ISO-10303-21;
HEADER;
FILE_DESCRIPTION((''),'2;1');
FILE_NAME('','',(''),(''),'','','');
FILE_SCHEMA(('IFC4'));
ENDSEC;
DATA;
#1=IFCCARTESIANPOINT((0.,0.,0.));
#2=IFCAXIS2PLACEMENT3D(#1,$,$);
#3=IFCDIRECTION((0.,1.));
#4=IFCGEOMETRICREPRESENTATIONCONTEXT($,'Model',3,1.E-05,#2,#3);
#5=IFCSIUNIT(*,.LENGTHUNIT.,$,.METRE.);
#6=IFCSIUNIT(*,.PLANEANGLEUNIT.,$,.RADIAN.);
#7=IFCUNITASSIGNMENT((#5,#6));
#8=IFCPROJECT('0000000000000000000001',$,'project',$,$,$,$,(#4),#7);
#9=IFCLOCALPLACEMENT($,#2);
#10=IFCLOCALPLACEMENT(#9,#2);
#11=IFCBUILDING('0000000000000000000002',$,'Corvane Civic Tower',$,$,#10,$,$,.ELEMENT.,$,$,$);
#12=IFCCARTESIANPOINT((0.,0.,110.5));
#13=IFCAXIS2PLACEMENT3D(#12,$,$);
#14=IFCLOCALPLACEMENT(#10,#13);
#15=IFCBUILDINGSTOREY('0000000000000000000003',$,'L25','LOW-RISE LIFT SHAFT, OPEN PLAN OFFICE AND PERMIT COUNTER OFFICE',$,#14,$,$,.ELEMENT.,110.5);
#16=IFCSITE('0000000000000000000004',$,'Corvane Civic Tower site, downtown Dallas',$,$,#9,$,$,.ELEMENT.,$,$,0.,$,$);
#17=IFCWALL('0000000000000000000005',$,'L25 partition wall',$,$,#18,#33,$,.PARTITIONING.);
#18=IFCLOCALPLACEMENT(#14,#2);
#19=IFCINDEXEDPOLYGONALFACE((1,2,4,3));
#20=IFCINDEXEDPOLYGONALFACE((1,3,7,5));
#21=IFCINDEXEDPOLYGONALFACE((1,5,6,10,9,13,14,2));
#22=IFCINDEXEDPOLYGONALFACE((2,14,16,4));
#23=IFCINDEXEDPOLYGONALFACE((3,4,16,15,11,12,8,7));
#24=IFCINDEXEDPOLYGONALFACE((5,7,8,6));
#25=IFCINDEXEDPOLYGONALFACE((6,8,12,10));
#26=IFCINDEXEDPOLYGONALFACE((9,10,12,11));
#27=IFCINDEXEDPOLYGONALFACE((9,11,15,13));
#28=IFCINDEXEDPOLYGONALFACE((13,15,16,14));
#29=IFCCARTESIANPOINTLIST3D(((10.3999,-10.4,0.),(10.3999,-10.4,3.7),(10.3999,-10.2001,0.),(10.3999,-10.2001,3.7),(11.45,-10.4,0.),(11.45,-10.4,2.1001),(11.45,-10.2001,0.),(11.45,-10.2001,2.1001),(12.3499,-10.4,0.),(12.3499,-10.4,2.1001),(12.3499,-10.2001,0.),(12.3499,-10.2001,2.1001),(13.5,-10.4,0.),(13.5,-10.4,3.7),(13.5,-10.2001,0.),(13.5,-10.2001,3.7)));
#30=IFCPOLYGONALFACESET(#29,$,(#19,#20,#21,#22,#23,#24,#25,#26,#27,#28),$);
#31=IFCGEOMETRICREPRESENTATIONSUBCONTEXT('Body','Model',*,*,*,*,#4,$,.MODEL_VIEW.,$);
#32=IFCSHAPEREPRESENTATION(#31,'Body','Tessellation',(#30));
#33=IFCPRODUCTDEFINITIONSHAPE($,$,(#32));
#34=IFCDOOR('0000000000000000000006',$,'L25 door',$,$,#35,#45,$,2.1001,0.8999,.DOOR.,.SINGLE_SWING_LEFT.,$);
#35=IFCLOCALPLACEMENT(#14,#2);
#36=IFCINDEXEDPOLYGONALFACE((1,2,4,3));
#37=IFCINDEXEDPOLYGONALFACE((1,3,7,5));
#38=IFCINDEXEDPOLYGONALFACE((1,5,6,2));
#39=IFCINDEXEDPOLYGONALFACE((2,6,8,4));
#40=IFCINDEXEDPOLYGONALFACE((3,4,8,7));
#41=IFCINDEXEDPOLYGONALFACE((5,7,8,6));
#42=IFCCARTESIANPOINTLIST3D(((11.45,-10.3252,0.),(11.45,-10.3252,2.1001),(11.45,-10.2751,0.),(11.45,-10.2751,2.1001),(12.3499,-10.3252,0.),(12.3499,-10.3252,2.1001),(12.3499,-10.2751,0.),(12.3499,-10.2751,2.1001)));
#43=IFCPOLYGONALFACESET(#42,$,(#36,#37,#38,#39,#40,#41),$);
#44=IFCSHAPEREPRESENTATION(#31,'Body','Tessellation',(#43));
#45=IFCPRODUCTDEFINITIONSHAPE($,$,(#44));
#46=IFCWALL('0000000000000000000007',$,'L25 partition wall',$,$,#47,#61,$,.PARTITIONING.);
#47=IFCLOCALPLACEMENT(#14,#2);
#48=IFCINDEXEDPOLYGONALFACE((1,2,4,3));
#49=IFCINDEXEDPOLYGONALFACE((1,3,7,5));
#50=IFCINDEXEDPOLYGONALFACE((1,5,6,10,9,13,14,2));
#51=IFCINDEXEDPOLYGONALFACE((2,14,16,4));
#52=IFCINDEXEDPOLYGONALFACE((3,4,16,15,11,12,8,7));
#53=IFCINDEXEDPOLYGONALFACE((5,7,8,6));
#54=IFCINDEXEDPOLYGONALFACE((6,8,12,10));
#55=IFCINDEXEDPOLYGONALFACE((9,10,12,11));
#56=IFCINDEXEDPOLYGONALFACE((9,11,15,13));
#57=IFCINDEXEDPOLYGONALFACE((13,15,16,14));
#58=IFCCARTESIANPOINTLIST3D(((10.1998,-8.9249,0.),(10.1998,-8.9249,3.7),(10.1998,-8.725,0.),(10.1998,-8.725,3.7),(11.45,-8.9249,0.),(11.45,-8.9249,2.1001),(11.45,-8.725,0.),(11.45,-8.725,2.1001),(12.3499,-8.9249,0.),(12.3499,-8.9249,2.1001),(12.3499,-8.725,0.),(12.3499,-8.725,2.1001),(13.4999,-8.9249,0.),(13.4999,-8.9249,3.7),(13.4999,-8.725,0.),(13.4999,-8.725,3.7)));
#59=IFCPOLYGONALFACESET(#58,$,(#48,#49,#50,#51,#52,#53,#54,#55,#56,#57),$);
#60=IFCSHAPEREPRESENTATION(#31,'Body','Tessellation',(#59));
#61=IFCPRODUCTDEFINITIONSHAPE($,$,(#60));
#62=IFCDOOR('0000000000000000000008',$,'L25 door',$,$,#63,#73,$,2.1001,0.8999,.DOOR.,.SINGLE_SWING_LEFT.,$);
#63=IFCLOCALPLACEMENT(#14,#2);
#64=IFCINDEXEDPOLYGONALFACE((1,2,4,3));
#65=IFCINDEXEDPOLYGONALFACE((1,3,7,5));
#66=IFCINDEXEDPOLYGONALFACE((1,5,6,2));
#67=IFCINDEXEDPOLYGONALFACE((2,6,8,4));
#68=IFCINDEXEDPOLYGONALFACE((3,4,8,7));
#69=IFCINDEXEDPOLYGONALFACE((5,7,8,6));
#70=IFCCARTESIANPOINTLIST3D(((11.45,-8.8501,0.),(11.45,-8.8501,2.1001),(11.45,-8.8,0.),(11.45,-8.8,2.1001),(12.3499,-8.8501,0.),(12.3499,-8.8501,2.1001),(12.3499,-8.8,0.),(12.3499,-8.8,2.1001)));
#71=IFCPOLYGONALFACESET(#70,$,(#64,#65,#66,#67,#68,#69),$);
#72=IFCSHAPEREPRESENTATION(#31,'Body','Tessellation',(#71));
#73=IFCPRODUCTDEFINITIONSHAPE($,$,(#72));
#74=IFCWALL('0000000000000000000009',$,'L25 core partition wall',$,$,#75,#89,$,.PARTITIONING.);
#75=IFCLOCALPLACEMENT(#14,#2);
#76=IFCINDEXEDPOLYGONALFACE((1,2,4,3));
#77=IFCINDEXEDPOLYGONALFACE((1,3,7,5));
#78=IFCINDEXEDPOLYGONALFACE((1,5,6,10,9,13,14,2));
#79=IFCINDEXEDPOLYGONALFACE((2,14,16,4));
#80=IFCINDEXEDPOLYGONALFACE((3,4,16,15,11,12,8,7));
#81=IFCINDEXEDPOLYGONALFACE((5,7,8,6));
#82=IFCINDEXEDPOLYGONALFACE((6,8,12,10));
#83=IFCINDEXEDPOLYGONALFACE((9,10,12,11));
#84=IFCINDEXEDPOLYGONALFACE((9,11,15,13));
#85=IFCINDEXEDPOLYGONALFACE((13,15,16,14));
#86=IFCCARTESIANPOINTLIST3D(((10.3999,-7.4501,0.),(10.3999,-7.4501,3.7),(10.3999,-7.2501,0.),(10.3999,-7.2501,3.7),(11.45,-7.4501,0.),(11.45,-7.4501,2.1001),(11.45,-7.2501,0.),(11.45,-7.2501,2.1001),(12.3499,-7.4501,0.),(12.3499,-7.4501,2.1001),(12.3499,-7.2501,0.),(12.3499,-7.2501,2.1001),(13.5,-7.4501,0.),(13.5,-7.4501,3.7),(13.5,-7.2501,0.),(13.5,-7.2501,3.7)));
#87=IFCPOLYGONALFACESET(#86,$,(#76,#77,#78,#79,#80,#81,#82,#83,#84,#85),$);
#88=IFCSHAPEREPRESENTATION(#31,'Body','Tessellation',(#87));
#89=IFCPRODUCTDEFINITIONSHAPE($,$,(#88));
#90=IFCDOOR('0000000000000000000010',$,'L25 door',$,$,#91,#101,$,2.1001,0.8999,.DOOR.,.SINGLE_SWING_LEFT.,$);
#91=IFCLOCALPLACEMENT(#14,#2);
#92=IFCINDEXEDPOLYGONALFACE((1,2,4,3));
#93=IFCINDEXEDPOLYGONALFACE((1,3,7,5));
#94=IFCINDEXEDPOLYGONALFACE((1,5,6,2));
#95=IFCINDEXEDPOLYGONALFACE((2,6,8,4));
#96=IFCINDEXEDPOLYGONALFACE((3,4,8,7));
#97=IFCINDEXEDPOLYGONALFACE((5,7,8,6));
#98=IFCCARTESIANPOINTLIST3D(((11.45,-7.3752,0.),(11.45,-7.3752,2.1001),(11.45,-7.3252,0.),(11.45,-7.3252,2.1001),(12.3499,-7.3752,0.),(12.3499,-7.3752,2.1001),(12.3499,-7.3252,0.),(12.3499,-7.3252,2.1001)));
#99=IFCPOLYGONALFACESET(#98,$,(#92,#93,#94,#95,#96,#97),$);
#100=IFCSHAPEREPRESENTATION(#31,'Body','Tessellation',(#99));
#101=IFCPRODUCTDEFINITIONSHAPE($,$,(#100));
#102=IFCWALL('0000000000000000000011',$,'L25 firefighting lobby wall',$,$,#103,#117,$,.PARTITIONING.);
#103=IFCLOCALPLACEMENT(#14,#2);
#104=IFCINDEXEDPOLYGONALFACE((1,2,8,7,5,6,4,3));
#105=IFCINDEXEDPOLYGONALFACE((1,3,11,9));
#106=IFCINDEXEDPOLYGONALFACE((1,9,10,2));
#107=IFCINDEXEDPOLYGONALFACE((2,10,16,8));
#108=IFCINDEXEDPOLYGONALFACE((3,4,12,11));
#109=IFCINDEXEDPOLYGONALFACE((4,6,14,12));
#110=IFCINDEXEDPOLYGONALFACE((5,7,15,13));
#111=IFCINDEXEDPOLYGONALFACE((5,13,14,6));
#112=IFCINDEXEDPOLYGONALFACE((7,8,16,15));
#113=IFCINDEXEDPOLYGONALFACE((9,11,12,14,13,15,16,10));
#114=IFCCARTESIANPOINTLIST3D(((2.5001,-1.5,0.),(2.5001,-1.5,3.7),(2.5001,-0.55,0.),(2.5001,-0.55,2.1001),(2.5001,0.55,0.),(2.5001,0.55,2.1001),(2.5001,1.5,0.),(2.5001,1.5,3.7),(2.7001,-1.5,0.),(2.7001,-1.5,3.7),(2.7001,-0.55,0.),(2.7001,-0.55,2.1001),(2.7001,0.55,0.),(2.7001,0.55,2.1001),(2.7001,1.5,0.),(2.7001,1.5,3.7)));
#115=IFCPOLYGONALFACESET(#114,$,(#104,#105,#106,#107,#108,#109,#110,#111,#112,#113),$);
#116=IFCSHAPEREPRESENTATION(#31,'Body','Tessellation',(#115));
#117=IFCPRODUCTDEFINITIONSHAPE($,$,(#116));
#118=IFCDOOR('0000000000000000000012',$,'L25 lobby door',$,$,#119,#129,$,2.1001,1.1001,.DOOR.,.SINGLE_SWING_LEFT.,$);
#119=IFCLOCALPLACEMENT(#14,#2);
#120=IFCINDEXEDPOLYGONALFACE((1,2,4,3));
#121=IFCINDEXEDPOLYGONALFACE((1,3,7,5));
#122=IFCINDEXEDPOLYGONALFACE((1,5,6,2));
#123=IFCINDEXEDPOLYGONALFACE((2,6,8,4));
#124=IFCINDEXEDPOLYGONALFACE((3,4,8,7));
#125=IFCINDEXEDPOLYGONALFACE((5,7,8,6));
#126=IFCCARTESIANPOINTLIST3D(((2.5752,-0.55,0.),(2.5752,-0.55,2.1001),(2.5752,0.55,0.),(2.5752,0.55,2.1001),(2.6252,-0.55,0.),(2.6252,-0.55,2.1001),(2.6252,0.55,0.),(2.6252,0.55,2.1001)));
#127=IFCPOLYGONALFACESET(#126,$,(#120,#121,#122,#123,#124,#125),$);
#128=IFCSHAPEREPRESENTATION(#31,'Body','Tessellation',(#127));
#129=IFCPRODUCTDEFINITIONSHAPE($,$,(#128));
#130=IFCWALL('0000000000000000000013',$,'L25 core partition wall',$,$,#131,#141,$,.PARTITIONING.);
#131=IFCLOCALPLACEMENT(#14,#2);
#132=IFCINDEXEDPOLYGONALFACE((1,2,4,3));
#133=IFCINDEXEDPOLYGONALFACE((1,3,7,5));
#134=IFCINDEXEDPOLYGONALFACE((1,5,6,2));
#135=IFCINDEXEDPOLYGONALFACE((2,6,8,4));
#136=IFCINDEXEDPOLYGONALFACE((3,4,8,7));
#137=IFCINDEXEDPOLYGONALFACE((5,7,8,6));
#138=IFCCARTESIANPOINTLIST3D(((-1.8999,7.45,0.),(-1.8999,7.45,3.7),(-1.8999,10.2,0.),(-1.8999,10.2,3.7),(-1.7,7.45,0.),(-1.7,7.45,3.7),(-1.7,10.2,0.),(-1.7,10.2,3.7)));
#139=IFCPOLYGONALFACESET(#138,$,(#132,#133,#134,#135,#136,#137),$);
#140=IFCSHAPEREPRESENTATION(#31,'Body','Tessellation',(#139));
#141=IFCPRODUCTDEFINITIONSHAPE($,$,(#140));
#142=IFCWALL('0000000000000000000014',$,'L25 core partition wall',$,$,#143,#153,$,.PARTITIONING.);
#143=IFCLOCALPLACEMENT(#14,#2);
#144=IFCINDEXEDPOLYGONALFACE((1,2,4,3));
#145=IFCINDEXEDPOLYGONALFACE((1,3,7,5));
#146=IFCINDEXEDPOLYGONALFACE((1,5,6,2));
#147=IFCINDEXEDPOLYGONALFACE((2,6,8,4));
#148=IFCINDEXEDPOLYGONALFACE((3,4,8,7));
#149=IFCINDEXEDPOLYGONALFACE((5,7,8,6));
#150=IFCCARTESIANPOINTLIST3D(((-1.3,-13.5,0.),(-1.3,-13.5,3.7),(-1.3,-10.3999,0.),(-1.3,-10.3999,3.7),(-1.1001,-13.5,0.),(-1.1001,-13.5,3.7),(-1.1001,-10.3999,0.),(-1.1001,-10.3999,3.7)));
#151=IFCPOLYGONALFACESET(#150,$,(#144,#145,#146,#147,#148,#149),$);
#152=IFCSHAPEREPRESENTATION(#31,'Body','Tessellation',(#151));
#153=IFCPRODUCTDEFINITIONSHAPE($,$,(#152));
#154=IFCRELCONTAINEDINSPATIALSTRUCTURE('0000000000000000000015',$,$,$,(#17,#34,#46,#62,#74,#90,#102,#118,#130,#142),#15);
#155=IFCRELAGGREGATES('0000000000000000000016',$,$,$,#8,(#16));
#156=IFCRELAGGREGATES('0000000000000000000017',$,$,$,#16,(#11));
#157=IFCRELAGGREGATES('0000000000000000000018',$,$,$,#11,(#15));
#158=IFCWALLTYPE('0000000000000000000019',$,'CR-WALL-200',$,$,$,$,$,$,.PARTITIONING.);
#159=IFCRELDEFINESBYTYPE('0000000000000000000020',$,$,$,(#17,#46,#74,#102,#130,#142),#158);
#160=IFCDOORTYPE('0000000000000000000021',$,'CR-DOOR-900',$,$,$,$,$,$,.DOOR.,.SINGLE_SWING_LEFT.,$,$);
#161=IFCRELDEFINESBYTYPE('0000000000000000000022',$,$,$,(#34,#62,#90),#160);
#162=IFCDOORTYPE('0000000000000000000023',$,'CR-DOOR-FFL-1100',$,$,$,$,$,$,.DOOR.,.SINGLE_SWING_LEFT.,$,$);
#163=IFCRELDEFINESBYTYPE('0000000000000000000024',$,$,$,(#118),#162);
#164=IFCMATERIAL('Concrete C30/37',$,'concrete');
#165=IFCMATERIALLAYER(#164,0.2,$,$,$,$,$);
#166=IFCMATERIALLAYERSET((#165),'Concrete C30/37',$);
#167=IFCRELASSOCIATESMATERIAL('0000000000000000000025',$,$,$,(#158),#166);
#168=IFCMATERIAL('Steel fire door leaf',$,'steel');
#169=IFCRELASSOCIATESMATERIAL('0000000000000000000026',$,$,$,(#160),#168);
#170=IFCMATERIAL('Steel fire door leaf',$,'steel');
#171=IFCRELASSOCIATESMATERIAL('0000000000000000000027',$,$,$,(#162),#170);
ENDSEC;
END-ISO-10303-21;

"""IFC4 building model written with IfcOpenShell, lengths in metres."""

from ifc_helpers import new_model, si_unit, direction, frame, frame_2d, origin, place, context, subcontext, project, spatial, polyline, rectangle, outline, extrude, material, layer, layer_set, type_object, element, fill, save


model = new_model("IFC4")

# Units and contexts
model_context = context("Model", 3, precision=1e-05, world=origin(), true_north=direction((0.0, 1.0)))
body_context = subcontext(model_context, "Body", "Model", "MODEL_VIEW")
ifc_project = project(units=[si_unit("LENGTHUNIT", "METRE"), si_unit("PLANEANGLEUNIT", "RADIAN")], contexts=[model_context])

# Site, building, storey
site_placement = place(None, origin())
site = spatial("IfcSite", under=ifc_project, at=site_placement, Name="Corvane Civic Tower site, downtown Dallas", CompositionType="ELEMENT", RefElevation=0.0)
building_placement = place(site_placement, origin())
building = spatial("IfcBuilding", under=site, at=building_placement, Name="Corvane Civic Tower", CompositionType="ELEMENT")
storey_placement = place(building_placement, frame((0.0, 0.0, 110.5)))
storey = spatial("IfcBuildingStorey", under=building, at=storey_placement, Name="L25", Description="LOW-RISE LIFT SHAFT, OPEN PLAN OFFICE AND PERMIT COUNTER OFFICE", CompositionType="ELEMENT", Elevation=110.5)

# Walls, openings, doors
ifc_material_1 = material(Name="Concrete C30/37", Category="concrete")
ifc_layer_1 = layer(ifc_material_1, 0.2)
ifc_layer_set_1 = layer_set([ifc_layer_1], Name="Concrete C30/37")
wall_type_1 = type_object("IfcWallType", Name="CR-WALL-200", PredefinedType="PARTITIONING", material=ifc_layer_set_1)
wall_1_placement = place(storey_placement, frame((10.3999, -10.3, 0.0), z_axis=(0.0, 0.0, 1.0), x_axis=(1.0, 0.0, 0.0)))
wall_1 = element("IfcWall", 1, at=wall_1_placement, inside=storey, type_object=wall_type_1, Name="L25 partition wall", PredefinedType="PARTITIONING", context=body_context, shape_type="SweptSolid", body=[
    extrude(rectangle(XDim=3.1001, YDim=0.2, at=frame_2d((1.55, 0.0))), origin(), (0.0, 0.0, 1.0), 3.7),
])
opening_1_placement = place(wall_1_placement, frame((1.05, 0.0, 0.0)))
opening_1 = element("IfcOpeningElement", 2, at=opening_1_placement, cuts=wall_1, PredefinedType="OPENING", context=body_context, shape_type="SweptSolid", body=[
    extrude(rectangle(XDim=0.8999, YDim=2.1001, at=frame_2d((0.45, 1.05))), frame((0.0, 0.1099, 0.0), z_axis=(0.0, -1.0, 0.0), x_axis=(1.0, 0.0, 0.0)), (0.0, 0.0, 1.0), 0.22),
])
ifc_material_2 = material(Name="Steel fire door leaf", Category="steel")
door_type_1 = type_object("IfcDoorType", Name="CR-DOOR-900", OperationType="SINGLE_SWING_LEFT", PredefinedType="DOOR", material=ifc_material_2)
door_1_placement = place(opening_1_placement, origin())
door_1 = element("IfcDoor", 3, at=door_1_placement, inside=storey, type_object=door_type_1, Name="L25 door", OperationType="SINGLE_SWING_LEFT", OverallHeight=2.1001, OverallWidth=0.8999, PredefinedType="DOOR", context=body_context, shape_type="SweptSolid", body=[
    extrude(rectangle(XDim=0.8999, YDim=2.1001, at=frame_2d((0.45, 1.05))), frame((0.0, 0.0249, 0.0), z_axis=(0.0, -1.0, 0.0), x_axis=(1.0, 0.0, 0.0)), (0.0, 0.0, 1.0), 0.05),
])
fill(opening_1, door_1)
wall_2_placement = place(storey_placement, frame((10.2, -8.825, 0.0), z_axis=(0.0, 0.0, 1.0), x_axis=(1.0, 0.0, 0.0)))
wall_2 = element("IfcWall", 4, at=wall_2_placement, inside=storey, type_object=wall_type_1, Name="L25 partition wall", PredefinedType="PARTITIONING", context=body_context, shape_type="SweptSolid", body=[
    extrude(rectangle(XDim=3.3, YDim=0.2, at=frame_2d((1.6499, 0.0))), origin(), (0.0, 0.0, 1.0), 3.7),
])
opening_2_placement = place(wall_2_placement, frame((1.25, 0.0, 0.0)))
opening_2 = element("IfcOpeningElement", 5, at=opening_2_placement, cuts=wall_2, PredefinedType="OPENING", context=body_context, shape_type="SweptSolid", body=[
    extrude(rectangle(XDim=0.8999, YDim=2.1001, at=frame_2d((0.45, 1.05))), frame((0.0, 0.1099, 0.0), z_axis=(0.0, -1.0, 0.0), x_axis=(1.0, 0.0, 0.0)), (0.0, 0.0, 1.0), 0.22),
])
door_2_placement = place(opening_2_placement, origin())
door_2 = element("IfcDoor", 6, at=door_2_placement, inside=storey, type_object=door_type_1, Name="L25 door", OperationType="SINGLE_SWING_LEFT", OverallHeight=2.1001, OverallWidth=0.8999, PredefinedType="DOOR", context=body_context, shape_type="SweptSolid", body=[
    extrude(rectangle(XDim=0.8999, YDim=2.1001, at=frame_2d((0.45, 1.05))), frame((0.0, 0.0249, 0.0), z_axis=(0.0, -1.0, 0.0), x_axis=(1.0, 0.0, 0.0)), (0.0, 0.0, 1.0), 0.05),
])
fill(opening_2, door_2)
wall_3_placement = place(storey_placement, frame((10.3999, -7.3501, 0.0), z_axis=(0.0, 0.0, 1.0), x_axis=(1.0, 0.0, 0.0)))
wall_3 = element("IfcWall", 7, at=wall_3_placement, inside=storey, type_object=wall_type_1, Name="L25 core partition wall", PredefinedType="PARTITIONING", context=body_context, shape_type="SweptSolid", body=[
    extrude(rectangle(XDim=3.1001, YDim=0.2, at=frame_2d((1.55, 0.0))), origin(), (0.0, 0.0, 1.0), 3.7),
])
opening_3_placement = place(wall_3_placement, frame((1.05, 0.0, 0.0)))
opening_3 = element("IfcOpeningElement", 8, at=opening_3_placement, cuts=wall_3, PredefinedType="OPENING", context=body_context, shape_type="SweptSolid", body=[
    extrude(rectangle(XDim=0.8999, YDim=2.1001, at=frame_2d((0.45, 1.05))), frame((0.0, 0.1099, 0.0), z_axis=(0.0, -1.0, 0.0), x_axis=(1.0, 0.0, 0.0)), (0.0, 0.0, 1.0), 0.22),
])
door_3_placement = place(opening_3_placement, origin())
door_3 = element("IfcDoor", 9, at=door_3_placement, inside=storey, type_object=door_type_1, Name="L25 door", OperationType="SINGLE_SWING_LEFT", OverallHeight=2.1001, OverallWidth=0.8999, PredefinedType="DOOR", context=body_context, shape_type="SweptSolid", body=[
    extrude(rectangle(XDim=0.8999, YDim=2.1001, at=frame_2d((0.45, 1.05))), frame((0.0, 0.0249, 0.0), z_axis=(0.0, -1.0, 0.0), x_axis=(1.0, 0.0, 0.0)), (0.0, 0.0, 1.0), 0.05),
])
fill(opening_3, door_3)
wall_4_placement = place(storey_placement, frame((2.6001, -1.5, 0.0), z_axis=(0.0, 0.0, 1.0), x_axis=(0.0, 1.0, 0.0)))
wall_4 = element("IfcWall", 10, at=wall_4_placement, inside=storey, type_object=wall_type_1, Name="L25 firefighting lobby wall", PredefinedType="PARTITIONING", context=body_context, shape_type="SweptSolid", body=[
    extrude(rectangle(XDim=3.0, YDim=0.2, at=frame_2d((1.5, 0.0))), origin(), (0.0, 0.0, 1.0), 3.7),
])
opening_4_placement = place(wall_4_placement, frame((0.95, 0.0, 0.0)))
opening_4 = element("IfcOpeningElement", 11, at=opening_4_placement, cuts=wall_4, PredefinedType="OPENING", context=body_context, shape_type="SweptSolid", body=[
    extrude(rectangle(XDim=1.1001, YDim=2.1001, at=frame_2d((0.55, 1.05))), frame((0.0, 0.1099, 0.0), z_axis=(0.0, -1.0, 0.0), x_axis=(1.0, 0.0, 0.0)), (0.0, 0.0, 1.0), 0.22),
])
ifc_material_3 = material(Name="Steel fire door leaf", Category="steel")
door_type_2 = type_object("IfcDoorType", Name="CR-DOOR-FFL-1100", OperationType="SINGLE_SWING_LEFT", PredefinedType="DOOR", material=ifc_material_3)
door_4_placement = place(opening_4_placement, origin())
door_4 = element("IfcDoor", 12, at=door_4_placement, inside=storey, type_object=door_type_2, Name="L25 lobby door", OperationType="SINGLE_SWING_LEFT", OverallHeight=2.1001, OverallWidth=1.1001, PredefinedType="DOOR", context=body_context, shape_type="SweptSolid", body=[
    extrude(rectangle(XDim=1.1001, YDim=2.1001, at=frame_2d((0.55, 1.05))), frame((0.0, 0.0249, 0.0), z_axis=(0.0, -1.0, 0.0), x_axis=(1.0, 0.0, 0.0)), (0.0, 0.0, 1.0), 0.05),
])
fill(opening_4, door_4)

# Walls
wall_5_placement = place(storey_placement, origin())
element("IfcWall", 13, at=wall_5_placement, inside=storey, type_object=wall_type_1, Name="L25 core partition wall", PredefinedType="PARTITIONING", context=body_context, shape_type="SweptSolid", body=[
    extrude(outline(polyline([(-1.7, 7.45), (-1.8999, 7.45), (-1.8999, 10.2), (-1.7, 10.2), (-1.7, 7.45)])), origin(), (0.0, 0.0, 1.0), 3.7),
])
wall_6_placement = place(storey_placement, origin())
element("IfcWall", 14, at=wall_6_placement, inside=storey, type_object=wall_type_1, Name="L25 core partition wall", PredefinedType="PARTITIONING", context=body_context, shape_type="SweptSolid", body=[
    extrude(outline(polyline([(-1.1001, -10.3999), (-1.1001, -13.5), (-1.3, -13.5), (-1.3, -10.3999), (-1.1001, -10.3999)])), origin(), (0.0, 0.0, 1.0), 3.7),
])

save(model, "model.ifc")
